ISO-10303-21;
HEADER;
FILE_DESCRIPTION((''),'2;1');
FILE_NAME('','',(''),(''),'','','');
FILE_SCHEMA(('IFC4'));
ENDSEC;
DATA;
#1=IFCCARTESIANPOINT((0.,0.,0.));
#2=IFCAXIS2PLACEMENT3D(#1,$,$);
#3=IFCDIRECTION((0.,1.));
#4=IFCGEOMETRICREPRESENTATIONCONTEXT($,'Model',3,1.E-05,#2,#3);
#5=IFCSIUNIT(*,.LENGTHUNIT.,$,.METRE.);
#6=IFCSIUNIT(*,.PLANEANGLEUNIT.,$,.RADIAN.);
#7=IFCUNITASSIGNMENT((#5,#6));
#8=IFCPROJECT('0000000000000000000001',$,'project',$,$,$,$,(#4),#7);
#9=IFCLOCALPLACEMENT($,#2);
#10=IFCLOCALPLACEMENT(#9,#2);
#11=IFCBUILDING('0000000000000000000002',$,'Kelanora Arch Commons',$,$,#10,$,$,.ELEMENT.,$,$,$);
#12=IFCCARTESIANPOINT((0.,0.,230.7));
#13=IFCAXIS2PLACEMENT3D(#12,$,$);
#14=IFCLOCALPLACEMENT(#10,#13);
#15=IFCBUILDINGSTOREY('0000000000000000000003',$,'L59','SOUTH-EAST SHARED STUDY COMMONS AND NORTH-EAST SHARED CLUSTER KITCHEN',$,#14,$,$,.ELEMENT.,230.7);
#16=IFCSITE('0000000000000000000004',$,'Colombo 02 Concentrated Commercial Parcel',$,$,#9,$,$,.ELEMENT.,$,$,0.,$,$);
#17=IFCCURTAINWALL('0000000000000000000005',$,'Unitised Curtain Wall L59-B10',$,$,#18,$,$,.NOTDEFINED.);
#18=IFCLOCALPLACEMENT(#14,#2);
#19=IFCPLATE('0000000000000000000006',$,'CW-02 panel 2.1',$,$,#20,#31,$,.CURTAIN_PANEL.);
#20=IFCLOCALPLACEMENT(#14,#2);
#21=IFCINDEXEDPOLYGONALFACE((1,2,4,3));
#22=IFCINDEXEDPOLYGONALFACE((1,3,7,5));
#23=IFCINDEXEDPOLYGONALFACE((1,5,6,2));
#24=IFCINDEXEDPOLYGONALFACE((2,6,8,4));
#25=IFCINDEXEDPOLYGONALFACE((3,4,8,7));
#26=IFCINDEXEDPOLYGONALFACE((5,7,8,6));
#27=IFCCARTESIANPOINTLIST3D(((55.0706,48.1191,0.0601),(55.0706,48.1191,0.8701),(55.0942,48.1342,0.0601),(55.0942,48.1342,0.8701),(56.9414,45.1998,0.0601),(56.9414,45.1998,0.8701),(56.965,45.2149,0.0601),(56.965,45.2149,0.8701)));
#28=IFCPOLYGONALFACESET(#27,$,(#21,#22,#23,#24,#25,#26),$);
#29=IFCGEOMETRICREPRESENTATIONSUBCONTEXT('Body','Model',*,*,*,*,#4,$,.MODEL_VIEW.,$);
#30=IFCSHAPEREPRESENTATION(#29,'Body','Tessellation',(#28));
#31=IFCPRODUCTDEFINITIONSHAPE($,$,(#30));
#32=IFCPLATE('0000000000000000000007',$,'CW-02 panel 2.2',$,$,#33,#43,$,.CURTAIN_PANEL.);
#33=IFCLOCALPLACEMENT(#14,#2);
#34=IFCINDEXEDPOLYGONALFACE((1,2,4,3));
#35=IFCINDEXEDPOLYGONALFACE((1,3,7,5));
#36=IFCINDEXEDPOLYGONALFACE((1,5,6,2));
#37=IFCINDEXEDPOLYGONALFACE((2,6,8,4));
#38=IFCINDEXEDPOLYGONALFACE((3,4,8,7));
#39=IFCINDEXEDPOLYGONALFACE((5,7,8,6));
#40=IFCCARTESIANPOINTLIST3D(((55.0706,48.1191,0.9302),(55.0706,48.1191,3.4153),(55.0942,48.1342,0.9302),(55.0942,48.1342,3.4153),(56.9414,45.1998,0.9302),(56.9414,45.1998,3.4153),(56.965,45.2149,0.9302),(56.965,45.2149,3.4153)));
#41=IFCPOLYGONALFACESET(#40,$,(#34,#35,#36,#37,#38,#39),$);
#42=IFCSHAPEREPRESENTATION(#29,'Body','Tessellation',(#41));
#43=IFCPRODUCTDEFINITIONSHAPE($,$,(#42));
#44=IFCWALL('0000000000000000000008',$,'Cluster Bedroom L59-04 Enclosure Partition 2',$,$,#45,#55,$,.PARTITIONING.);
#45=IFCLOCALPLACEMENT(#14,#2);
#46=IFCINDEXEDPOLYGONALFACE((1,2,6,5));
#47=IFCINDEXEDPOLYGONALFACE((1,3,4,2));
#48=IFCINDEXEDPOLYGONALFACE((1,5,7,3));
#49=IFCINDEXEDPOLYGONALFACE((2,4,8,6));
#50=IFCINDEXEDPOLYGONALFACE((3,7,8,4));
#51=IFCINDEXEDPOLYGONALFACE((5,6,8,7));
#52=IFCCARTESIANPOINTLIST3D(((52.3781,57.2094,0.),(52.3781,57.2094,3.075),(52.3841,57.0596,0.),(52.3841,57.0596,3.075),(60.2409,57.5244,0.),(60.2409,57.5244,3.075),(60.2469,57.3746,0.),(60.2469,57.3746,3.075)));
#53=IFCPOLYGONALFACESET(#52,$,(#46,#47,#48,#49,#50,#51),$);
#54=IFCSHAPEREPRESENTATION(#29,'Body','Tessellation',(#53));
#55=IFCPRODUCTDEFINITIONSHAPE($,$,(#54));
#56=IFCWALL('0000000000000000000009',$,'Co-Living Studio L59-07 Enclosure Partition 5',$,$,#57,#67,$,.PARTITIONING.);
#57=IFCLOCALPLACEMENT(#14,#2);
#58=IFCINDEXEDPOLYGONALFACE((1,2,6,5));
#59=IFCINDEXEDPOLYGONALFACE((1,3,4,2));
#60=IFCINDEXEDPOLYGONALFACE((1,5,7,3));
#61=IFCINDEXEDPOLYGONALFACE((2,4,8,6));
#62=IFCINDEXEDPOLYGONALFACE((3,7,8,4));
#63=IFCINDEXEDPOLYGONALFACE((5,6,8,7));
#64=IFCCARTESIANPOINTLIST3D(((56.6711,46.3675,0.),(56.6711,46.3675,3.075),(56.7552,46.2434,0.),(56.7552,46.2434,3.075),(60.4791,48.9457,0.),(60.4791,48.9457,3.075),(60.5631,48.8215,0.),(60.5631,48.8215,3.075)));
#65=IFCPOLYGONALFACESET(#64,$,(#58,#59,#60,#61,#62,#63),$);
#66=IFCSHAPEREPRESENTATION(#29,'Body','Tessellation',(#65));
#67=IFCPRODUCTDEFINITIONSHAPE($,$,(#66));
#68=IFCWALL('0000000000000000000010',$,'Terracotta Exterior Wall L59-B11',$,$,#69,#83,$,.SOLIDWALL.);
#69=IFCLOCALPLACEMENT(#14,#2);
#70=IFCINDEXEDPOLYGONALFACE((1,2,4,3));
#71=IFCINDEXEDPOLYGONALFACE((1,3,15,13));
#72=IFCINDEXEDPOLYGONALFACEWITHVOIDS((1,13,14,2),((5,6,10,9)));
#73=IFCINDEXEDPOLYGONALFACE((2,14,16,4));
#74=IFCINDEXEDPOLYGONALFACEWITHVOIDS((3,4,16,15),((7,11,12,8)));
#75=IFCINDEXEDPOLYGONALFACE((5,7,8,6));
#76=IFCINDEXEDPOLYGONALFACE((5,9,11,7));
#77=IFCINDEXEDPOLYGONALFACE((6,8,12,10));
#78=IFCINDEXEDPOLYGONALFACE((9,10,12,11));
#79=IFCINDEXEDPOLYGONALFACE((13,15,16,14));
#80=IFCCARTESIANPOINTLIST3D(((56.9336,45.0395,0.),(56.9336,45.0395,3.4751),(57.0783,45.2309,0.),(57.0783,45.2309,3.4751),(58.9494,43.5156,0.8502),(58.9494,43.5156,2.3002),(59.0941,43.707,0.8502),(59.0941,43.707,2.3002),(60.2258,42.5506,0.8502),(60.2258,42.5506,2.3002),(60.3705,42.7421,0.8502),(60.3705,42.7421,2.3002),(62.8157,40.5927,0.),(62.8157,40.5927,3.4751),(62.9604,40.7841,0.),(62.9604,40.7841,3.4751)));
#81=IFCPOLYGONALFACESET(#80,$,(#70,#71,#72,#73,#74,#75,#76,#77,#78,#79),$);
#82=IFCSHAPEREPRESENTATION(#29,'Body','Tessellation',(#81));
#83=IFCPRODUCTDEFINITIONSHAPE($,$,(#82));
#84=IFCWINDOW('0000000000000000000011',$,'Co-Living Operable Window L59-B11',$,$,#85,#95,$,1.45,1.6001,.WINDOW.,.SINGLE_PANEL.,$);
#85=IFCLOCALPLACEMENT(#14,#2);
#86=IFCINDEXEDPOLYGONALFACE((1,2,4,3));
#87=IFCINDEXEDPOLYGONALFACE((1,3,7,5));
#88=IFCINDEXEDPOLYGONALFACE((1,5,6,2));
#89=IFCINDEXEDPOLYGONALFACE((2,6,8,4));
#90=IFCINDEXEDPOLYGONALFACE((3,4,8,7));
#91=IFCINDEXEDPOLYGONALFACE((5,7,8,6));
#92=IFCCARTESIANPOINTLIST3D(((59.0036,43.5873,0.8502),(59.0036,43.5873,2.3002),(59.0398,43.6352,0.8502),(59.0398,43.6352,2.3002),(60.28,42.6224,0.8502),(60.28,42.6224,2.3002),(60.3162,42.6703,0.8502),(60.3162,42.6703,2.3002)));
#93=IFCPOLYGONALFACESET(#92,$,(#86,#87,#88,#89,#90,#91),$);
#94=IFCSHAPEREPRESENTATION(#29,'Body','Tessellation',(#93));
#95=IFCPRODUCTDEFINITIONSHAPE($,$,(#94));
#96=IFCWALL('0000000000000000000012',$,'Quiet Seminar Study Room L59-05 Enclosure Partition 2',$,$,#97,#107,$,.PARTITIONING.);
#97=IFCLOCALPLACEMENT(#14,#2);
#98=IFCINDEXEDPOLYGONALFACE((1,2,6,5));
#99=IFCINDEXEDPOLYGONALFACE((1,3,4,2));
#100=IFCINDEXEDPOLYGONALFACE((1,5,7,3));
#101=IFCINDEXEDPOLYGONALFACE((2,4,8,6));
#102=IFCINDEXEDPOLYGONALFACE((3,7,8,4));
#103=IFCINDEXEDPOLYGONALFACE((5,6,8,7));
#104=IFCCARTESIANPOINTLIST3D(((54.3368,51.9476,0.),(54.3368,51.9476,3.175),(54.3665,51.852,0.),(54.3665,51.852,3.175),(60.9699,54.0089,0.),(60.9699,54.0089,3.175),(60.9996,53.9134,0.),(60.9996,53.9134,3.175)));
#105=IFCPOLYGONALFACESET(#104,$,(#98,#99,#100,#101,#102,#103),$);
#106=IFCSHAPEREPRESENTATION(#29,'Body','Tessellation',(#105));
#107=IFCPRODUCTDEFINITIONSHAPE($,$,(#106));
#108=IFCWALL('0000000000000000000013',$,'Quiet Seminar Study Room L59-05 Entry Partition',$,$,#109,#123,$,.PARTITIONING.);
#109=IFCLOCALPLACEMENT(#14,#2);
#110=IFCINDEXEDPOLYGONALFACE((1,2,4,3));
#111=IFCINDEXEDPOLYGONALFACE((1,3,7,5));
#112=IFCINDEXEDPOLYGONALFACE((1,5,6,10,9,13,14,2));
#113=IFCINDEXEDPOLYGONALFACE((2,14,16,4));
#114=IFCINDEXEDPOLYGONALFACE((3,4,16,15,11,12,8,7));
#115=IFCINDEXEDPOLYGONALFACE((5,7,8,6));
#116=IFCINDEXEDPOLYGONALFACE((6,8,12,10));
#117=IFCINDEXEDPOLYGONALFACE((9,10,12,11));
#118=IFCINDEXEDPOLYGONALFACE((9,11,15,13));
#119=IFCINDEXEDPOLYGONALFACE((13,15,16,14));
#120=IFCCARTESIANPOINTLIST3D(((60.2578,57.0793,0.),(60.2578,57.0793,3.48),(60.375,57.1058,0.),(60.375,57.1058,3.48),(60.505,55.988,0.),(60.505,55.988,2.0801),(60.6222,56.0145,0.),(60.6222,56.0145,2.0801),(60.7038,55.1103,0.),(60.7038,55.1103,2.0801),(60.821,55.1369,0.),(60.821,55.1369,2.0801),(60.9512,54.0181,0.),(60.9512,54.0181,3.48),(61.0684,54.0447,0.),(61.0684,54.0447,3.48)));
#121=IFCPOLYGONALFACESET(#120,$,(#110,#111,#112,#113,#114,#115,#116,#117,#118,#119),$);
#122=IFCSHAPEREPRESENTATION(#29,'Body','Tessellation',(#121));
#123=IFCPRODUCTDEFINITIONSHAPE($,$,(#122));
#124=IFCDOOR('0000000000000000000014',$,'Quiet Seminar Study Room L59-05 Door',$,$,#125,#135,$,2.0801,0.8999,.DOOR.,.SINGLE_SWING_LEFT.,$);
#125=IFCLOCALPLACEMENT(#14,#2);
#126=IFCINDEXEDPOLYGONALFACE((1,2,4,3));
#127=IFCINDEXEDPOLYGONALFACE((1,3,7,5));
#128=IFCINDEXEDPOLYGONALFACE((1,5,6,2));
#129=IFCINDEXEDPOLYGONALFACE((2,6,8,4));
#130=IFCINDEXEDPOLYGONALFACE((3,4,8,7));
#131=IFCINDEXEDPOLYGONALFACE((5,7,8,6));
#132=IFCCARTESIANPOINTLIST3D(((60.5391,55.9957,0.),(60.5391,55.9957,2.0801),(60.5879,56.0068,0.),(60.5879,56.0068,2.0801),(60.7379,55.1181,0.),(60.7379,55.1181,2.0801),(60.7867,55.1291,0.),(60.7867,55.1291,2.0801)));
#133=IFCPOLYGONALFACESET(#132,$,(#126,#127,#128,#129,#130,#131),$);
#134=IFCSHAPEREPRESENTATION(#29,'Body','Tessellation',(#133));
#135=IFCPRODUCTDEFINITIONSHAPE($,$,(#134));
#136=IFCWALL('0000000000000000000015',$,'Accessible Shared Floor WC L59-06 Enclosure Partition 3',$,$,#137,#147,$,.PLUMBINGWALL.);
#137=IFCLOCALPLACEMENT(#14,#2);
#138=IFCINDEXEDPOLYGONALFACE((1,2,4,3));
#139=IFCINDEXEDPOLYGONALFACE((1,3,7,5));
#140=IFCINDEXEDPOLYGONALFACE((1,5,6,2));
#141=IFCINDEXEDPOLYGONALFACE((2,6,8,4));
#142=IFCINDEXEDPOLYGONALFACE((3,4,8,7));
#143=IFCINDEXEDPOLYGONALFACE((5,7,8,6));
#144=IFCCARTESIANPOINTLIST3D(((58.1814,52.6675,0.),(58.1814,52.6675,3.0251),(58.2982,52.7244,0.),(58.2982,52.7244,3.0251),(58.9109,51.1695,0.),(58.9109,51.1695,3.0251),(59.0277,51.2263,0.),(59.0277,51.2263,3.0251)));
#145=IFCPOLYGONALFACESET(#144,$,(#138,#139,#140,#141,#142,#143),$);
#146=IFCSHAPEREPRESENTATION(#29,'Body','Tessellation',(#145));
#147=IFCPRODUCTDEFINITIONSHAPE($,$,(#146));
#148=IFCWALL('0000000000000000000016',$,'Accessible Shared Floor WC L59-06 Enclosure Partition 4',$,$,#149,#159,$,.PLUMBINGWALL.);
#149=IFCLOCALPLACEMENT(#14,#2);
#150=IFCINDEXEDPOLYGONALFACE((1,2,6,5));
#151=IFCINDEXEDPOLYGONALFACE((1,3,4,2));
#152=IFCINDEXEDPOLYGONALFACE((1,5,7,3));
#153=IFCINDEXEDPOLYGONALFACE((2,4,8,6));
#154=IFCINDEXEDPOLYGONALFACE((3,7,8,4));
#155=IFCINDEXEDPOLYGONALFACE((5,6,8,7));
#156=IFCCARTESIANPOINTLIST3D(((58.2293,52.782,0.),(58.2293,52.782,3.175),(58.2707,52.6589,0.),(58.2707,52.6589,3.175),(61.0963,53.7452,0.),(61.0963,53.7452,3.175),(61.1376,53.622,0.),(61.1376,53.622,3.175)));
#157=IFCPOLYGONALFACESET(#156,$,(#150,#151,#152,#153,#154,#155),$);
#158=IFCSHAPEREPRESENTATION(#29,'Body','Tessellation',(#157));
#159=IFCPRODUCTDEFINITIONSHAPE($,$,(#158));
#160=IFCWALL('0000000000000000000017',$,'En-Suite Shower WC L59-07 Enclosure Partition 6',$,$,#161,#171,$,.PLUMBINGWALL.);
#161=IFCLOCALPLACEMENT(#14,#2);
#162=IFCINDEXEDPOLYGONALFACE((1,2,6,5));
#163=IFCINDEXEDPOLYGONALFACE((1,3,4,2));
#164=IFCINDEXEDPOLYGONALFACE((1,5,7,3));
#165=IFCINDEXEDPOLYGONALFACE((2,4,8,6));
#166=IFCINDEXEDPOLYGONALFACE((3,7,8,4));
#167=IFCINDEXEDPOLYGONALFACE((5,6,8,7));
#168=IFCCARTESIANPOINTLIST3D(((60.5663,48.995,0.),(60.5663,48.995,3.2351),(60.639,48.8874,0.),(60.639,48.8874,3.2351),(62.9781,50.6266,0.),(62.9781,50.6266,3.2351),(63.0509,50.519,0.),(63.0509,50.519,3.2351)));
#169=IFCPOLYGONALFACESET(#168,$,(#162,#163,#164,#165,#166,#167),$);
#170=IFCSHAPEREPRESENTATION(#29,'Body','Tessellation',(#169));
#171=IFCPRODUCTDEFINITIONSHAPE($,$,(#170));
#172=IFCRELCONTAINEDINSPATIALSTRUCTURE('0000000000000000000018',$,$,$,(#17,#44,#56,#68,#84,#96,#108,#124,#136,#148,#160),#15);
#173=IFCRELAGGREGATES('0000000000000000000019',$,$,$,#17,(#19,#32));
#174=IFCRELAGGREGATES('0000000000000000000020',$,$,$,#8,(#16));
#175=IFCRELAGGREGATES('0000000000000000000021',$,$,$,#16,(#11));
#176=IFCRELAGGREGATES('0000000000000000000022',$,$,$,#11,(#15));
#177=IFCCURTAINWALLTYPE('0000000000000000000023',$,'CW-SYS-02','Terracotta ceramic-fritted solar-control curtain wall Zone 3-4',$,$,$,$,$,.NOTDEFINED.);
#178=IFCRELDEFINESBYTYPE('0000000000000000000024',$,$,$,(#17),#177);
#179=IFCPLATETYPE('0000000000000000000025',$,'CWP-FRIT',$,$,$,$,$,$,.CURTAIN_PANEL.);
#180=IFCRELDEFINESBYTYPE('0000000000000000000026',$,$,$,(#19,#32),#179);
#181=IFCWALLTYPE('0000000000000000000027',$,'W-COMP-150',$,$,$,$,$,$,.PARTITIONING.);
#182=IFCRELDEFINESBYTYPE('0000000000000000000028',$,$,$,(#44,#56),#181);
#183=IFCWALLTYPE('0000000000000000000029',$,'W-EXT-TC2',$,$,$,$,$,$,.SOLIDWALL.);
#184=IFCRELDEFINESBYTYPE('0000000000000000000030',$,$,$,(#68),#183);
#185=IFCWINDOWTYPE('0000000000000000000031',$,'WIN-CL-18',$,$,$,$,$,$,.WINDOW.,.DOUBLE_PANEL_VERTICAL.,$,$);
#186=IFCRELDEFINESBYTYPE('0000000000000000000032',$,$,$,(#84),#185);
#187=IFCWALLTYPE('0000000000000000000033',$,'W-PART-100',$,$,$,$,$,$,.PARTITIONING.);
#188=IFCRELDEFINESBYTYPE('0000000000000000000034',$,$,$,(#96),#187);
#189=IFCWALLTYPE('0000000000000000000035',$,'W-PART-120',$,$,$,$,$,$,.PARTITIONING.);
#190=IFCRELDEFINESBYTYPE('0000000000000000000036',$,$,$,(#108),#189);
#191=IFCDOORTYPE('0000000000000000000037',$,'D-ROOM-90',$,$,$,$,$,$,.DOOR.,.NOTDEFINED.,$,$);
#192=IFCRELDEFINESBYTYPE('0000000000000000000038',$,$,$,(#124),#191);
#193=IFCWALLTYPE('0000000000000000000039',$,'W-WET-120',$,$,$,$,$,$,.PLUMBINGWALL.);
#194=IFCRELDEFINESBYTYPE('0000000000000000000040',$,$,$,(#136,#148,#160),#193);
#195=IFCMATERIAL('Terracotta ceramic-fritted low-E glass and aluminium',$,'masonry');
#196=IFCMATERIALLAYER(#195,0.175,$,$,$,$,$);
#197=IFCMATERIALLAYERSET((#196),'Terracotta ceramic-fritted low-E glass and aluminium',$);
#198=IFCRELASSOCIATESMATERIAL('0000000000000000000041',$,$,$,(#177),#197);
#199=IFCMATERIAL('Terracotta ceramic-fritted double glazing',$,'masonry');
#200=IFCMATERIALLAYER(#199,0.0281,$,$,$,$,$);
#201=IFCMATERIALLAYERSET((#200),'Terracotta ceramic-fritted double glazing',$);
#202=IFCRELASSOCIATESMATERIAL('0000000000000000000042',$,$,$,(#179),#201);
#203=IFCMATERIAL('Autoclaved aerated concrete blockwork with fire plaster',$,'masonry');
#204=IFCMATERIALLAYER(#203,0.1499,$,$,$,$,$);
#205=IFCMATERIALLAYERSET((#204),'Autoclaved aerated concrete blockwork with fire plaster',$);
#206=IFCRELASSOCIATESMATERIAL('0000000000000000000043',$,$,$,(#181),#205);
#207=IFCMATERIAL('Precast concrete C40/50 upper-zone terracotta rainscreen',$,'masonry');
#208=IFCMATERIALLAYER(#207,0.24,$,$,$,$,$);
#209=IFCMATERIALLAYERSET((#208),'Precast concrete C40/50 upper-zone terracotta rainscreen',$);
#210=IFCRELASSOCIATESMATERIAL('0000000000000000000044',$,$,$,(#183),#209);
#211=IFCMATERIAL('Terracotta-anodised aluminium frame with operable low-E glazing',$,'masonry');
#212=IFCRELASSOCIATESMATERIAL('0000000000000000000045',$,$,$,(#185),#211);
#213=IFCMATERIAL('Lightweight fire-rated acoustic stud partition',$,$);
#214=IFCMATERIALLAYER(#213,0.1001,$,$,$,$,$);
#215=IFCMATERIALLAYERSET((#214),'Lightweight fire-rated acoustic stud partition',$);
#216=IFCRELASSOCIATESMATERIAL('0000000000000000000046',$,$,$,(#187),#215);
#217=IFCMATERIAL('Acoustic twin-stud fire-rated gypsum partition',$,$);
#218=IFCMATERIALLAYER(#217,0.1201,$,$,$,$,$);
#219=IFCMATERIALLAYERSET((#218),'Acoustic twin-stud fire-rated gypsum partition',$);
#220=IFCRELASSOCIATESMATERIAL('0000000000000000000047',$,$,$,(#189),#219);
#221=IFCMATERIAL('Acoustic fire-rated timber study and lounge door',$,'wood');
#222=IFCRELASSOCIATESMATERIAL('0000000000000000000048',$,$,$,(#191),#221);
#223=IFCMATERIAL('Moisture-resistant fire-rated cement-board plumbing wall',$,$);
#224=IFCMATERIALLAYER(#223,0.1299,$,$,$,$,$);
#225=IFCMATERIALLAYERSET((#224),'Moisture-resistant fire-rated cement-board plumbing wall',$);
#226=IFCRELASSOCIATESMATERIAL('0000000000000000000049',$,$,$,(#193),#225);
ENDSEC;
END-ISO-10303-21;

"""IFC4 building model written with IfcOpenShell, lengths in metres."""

from ifc_helpers import new_model, si_unit, direction, frame, frame_2d, origin, origin_2d, place, context, subcontext, project, spatial, rectangle, extrude, source, transform, mapped, material, layer, layer_set, type_object, element, fill, aggregate, save


model = new_model("IFC4")

# Units and contexts
model_context = context("Model", 3, precision=1e-05, world=origin(), true_north=direction((0.0, 1.0)))
body_context = subcontext(model_context, "Body", "Model", "MODEL_VIEW")
ifc_project = project(units=[si_unit("LENGTHUNIT", "METRE"), si_unit("PLANEANGLEUNIT", "RADIAN")], contexts=[model_context])

# Site, building, storey
site_placement = place(None, origin())
site = spatial("IfcSite", under=ifc_project, at=site_placement, Name="Colombo 02 Concentrated Commercial Parcel", CompositionType="ELEMENT", RefElevation=0.0)
building_placement = place(site_placement, origin())
building = spatial("IfcBuilding", under=site, at=building_placement, Name="Kelanora Arch Commons", CompositionType="ELEMENT")
storey_placement = place(building_placement, frame((0.0, 0.0, 230.7)))
storey = spatial("IfcBuildingStorey", under=building, at=storey_placement, Name="L59", Description="SOUTH-EAST SHARED STUDY COMMONS AND NORTH-EAST SHARED CLUSTER KITCHEN", CompositionType="ELEMENT", Elevation=230.7)

# Curtain wall, plates
ifc_material_1 = material(Name="Terracotta ceramic-fritted low-E glass and aluminium", Category="masonry")
ifc_layer_1 = layer(ifc_material_1, 0.175)
ifc_layer_set_1 = layer_set([ifc_layer_1], Name="Terracotta ceramic-fritted low-E glass and aluminium")
curtain_wall_type = type_object("IfcCurtainWallType", Name="CW-SYS-02", Description="Terracotta ceramic-fritted solar-control curtain wall Zone 3-4", PredefinedType="NOTDEFINED", material=ifc_layer_set_1)
curtain_wall_placement = place(storey_placement, origin())
curtain_wall = element("IfcCurtainWall", 1, at=curtain_wall_placement, inside=storey, type_object=curtain_wall_type, Name="Unitised Curtain Wall L59-B10", PredefinedType="NOTDEFINED")
ifc_material_2 = material(Name="Terracotta ceramic-fritted double glazing", Category="masonry")
ifc_layer_2 = layer(ifc_material_2, 0.0281)
ifc_layer_set_2 = layer_set([ifc_layer_2], Name="Terracotta ceramic-fritted double glazing")
plate_type = type_object("IfcPlateType", Name="CWP-FRIT", PredefinedType="CURTAIN_PANEL", material=ifc_layer_set_2)
shared_shape_1 = source(origin(), body_context, "Body", "SweptSolid", [
    extrude(rectangle(XDim=3.4673, YDim=0.0281, at=origin_2d()), origin(), (0.0, 0.0, 1.0), 0.8101),
])
plate_1_placement = place(storey_placement, frame((56.0178, 46.667, 0.0601), z_axis=(0.0, 0.0, 1.0), x_axis=(0.539559, -0.841948, 0.0)))
plate_1 = element("IfcPlate", 2, at=plate_1_placement, type_object=plate_type, Name="CW-02 panel 2.1", PredefinedType="CURTAIN_PANEL", context=body_context, shape_type="MappedRepresentation", body=[
    mapped(shared_shape_1, transform((0.0, 0.0, 0.0), scale=1.0)),
])
shared_shape_2 = source(origin(), body_context, "Body", "SweptSolid", [
    extrude(rectangle(XDim=3.4673, YDim=0.0281, at=origin_2d()), origin(), (0.0, 0.0, 1.0), 2.4851),
])
plate_2_placement = place(storey_placement, frame((56.0178, 46.667, 0.9302), z_axis=(0.0, 0.0, 1.0), x_axis=(0.539559, -0.841948, 0.0)))
plate_2 = element("IfcPlate", 3, at=plate_2_placement, type_object=plate_type, Name="CW-02 panel 2.2", PredefinedType="CURTAIN_PANEL", context=body_context, shape_type="MappedRepresentation", body=[
    mapped(shared_shape_2, transform((0.0, 0.0, 0.0), scale=1.0)),
])
aggregate(curtain_wall, [plate_1, plate_2])

# Walls
ifc_material_3 = material(Name="Autoclaved aerated concrete blockwork with fire plaster", Category="masonry")
ifc_layer_3 = layer(ifc_material_3, 0.1499)
ifc_layer_set_3 = layer_set([ifc_layer_3], Name="Autoclaved aerated concrete blockwork with fire plaster")
wall_type_1 = type_object("IfcWallType", Name="W-COMP-150", PredefinedType="PARTITIONING", material=ifc_layer_set_3)
wall_1_placement = place(storey_placement, frame((60.2439, 57.4495, 0.0), z_axis=(0.0, 0.0, 1.0), x_axis=(-0.999199, -0.040023, 0.0)))
element("IfcWall", 4, at=wall_1_placement, inside=storey, type_object=wall_type_1, Name="Cluster Bedroom L59-04 Enclosure Partition 2", PredefinedType="PARTITIONING", context=body_context, shape_type="SweptSolid", body=[
    extrude(rectangle(XDim=7.8691, YDim=0.1499, at=frame_2d((3.9346, 0.0))), origin(), (0.0, 0.0, 1.0), 3.075),
])
wall_2_placement = place(storey_placement, frame((56.7131, 46.3054, 0.0), z_axis=(0.0, 0.0, 1.0), x_axis=(0.828059, 0.56064, 0.0)))
element("IfcWall", 5, at=wall_2_placement, inside=storey, type_object=wall_type_1, Name="Co-Living Studio L59-07 Enclosure Partition 5", PredefinedType="PARTITIONING", context=body_context, shape_type="SweptSolid", body=[
    extrude(rectangle(XDim=4.5986, YDim=0.1499, at=frame_2d((2.2993, 0.0))), origin(), (0.0, 0.0, 1.0), 3.075),
])

# Wall, opening, window
ifc_material_4 = material(Name="Precast concrete C40/50 upper-zone terracotta rainscreen", Category="masonry")
ifc_layer_4 = layer(ifc_material_4, 0.24)
ifc_layer_set_4 = layer_set([ifc_layer_4], Name="Precast concrete C40/50 upper-zone terracotta rainscreen")
wall_type_2 = type_object("IfcWallType", Name="W-EXT-TC2", PredefinedType="SOLIDWALL", material=ifc_layer_set_4)
wall_3_placement = place(storey_placement, frame((57.0059, 45.1353, 0.0), z_axis=(0.0, 0.0, 1.0), x_axis=(0.797702, -0.603052, 0.0)))
wall_3 = element("IfcWall", 6, at=wall_3_placement, inside=storey, type_object=wall_type_2, Name="Terracotta Exterior Wall L59-B11", PredefinedType="SOLIDWALL", context=body_context, shape_type="SweptSolid", body=[
    extrude(rectangle(XDim=7.3738, YDim=0.24, at=frame_2d((3.687, 0.0))), origin(), (0.0, 0.0, 1.0), 3.4751),
])
opening_1_placement = place(wall_3_placement, frame((2.5271, 0.0, 0.8501)))
opening_1 = element("IfcOpeningElement", 7, at=opening_1_placement, cuts=wall_3, PredefinedType="OPENING", context=body_context, shape_type="SweptSolid", body=[
    extrude(rectangle(XDim=1.6001, YDim=1.45, at=frame_2d((0.8, 0.7251))), frame((0.0, 0.1299, 0.0), z_axis=(0.0, -1.0, 0.0), x_axis=(1.0, 0.0, 0.0)), (0.0, 0.0, 1.0), 0.26),
])
ifc_material_5 = material(Name="Terracotta-anodised aluminium frame with operable low-E glazing", Category="masonry")
window_type = type_object("IfcWindowType", Name="WIN-CL-18", PartitioningType="DOUBLE_PANEL_VERTICAL", PredefinedType="WINDOW", material=ifc_material_5)
window_placement = place(opening_1_placement, origin())
window = element("IfcWindow", 8, at=window_placement, inside=storey, type_object=window_type, Name="Co-Living Operable Window L59-B11", OverallHeight=1.45, OverallWidth=1.6001, PartitioningType="SINGLE_PANEL", PredefinedType="WINDOW", context=body_context, shape_type="SweptSolid", body=[
    extrude(rectangle(XDim=1.6001, YDim=1.45, at=frame_2d((0.8, 0.7251))), frame((0.0, 0.03, 0.0), z_axis=(0.0, -1.0, 0.0), x_axis=(1.0, 0.0, 0.0)), (0.0, 0.0, 1.0), 0.0601),
])
fill(opening_1, window)

# Wall
ifc_material_6 = material(Name="Lightweight fire-rated acoustic stud partition")
ifc_layer_5 = layer(ifc_material_6, 0.1001)
ifc_layer_set_5 = layer_set([ifc_layer_5], Name="Lightweight fire-rated acoustic stud partition")
wall_type_3 = type_object("IfcWallType", Name="W-PART-100", PredefinedType="PARTITIONING", material=ifc_layer_set_5)
wall_4_placement = place(storey_placement, frame((60.9849, 53.9612, 0.0), z_axis=(0.0, 0.0, 1.0), x_axis=(-0.954952, -0.29676, 0.0)))
element("IfcWall", 9, at=wall_4_placement, inside=storey, type_object=wall_type_3, Name="Quiet Seminar Study Room L59-05 Enclosure Partition 2", PredefinedType="PARTITIONING", context=body_context, shape_type="SweptSolid", body=[
    extrude(rectangle(XDim=6.946, YDim=0.1001, at=frame_2d((3.4731, 0.0))), origin(), (0.0, 0.0, 1.0), 3.175),
])

# Wall, opening, door
ifc_material_7 = material(Name="Acoustic twin-stud fire-rated gypsum partition")
ifc_layer_6 = layer(ifc_material_7, 0.1201)
ifc_layer_set_6 = layer_set([ifc_layer_6], Name="Acoustic twin-stud fire-rated gypsum partition")
wall_type_4 = type_object("IfcWallType", Name="W-PART-120", PredefinedType="PARTITIONING", material=ifc_layer_set_6)
wall_5_placement = place(storey_placement, frame((60.3164, 57.0925, 0.0), z_axis=(0.0, 0.0, 1.0), x_axis=(0.220915, -0.975293, 0.0)))
wall_5 = element("IfcWall", 10, at=wall_5_placement, inside=storey, type_object=wall_type_4, Name="Quiet Seminar Study Room L59-05 Entry Partition", PredefinedType="PARTITIONING", context=body_context, shape_type="SweptSolid", body=[
    extrude(rectangle(XDim=3.1387, YDim=0.1201, at=frame_2d((1.5693, 0.0))), origin(), (0.0, 0.0, 1.0), 3.48),
])
opening_2_placement = place(wall_5_placement, frame((1.1189, 0.0, 0.0)))
opening_2 = element("IfcOpeningElement", 11, at=opening_2_placement, cuts=wall_5, PredefinedType="OPENING", context=body_context, shape_type="SweptSolid", body=[
    extrude(rectangle(XDim=0.8999, YDim=2.0801, at=frame_2d((0.45, 1.04))), frame((0.0, 0.0701, 0.0), z_axis=(0.0, -1.0, 0.0), x_axis=(1.0, 0.0, 0.0)), (0.0, 0.0, 1.0), 0.1401),
])
ifc_material_8 = material(Name="Acoustic fire-rated timber study and lounge door", Category="wood")
door_type = type_object("IfcDoorType", Name="D-ROOM-90", OperationType="NOTDEFINED", PredefinedType="DOOR", material=ifc_material_8)
door_placement = place(opening_2_placement, origin())
door = element("IfcDoor", 12, at=door_placement, inside=storey, type_object=door_type, Name="Quiet Seminar Study Room L59-05 Door", OperationType="SINGLE_SWING_LEFT", OverallHeight=2.0801, OverallWidth=0.8999, PredefinedType="DOOR", context=body_context, shape_type="SweptSolid", body=[
    extrude(rectangle(XDim=0.8999, YDim=2.0801, at=frame_2d((0.45, 1.04))), frame((0.0, 0.0249, 0.0), z_axis=(0.0, -1.0, 0.0), x_axis=(1.0, 0.0, 0.0)), (0.0, 0.0, 1.0), 0.05),
])
fill(opening_2, door)

# Walls
ifc_material_9 = material(Name="Moisture-resistant fire-rated cement-board plumbing wall")
ifc_layer_7 = layer(ifc_material_9, 0.1299)
ifc_layer_set_7 = layer_set([ifc_layer_7], Name="Moisture-resistant fire-rated cement-board plumbing wall")
wall_type_5 = type_object("IfcWallType", Name="W-WET-120", PredefinedType="PLUMBINGWALL", material=ifc_layer_set_7)
wall_6_placement = place(storey_placement, frame((58.9692, 51.198, 0.0), z_axis=(0.0, 0.0, 1.0), x_axis=(-0.437812, 0.899067, 0.0)))
element("IfcWall", 13, at=wall_6_placement, inside=storey, type_object=wall_type_5, Name="Accessible Shared Floor WC L59-06 Enclosure Partition 3", PredefinedType="PLUMBINGWALL", context=body_context, shape_type="SweptSolid", body=[
    extrude(rectangle(XDim=1.6663, YDim=0.1299, at=frame_2d((0.833, 0.0))), origin(), (0.0, 0.0, 1.0), 3.0251),
])
wall_7_placement = place(storey_placement, frame((58.25, 52.7205, 0.0), z_axis=(0.0, 0.0, 1.0), x_axis=(0.947938, 0.318455, 0.0)))
element("IfcWall", 14, at=wall_7_placement, inside=storey, type_object=wall_type_5, Name="Accessible Shared Floor WC L59-06 Enclosure Partition 4", PredefinedType="PLUMBINGWALL", context=body_context, shape_type="SweptSolid", body=[
    extrude(rectangle(XDim=3.0244, YDim=0.1299, at=frame_2d((1.5122, 0.0))), origin(), (0.0, 0.0, 1.0), 3.175),
])
wall_8_placement = place(storey_placement, frame((60.6025, 48.9412, 0.0), z_axis=(0.0, 0.0, 1.0), x_axis=(0.828278, 0.560318, 0.0)))
element("IfcWall", 15, at=wall_8_placement, inside=storey, type_object=wall_type_5, Name="En-Suite Shower WC L59-07 Enclosure Partition 6", PredefinedType="PLUMBINGWALL", context=body_context, shape_type="SweptSolid", body=[
    extrude(rectangle(XDim=2.9119, YDim=0.1299, at=frame_2d((1.4561, 0.0))), origin(), (0.0, 0.0, 1.0), 3.2351),
])

save(model, "model.ifc")
